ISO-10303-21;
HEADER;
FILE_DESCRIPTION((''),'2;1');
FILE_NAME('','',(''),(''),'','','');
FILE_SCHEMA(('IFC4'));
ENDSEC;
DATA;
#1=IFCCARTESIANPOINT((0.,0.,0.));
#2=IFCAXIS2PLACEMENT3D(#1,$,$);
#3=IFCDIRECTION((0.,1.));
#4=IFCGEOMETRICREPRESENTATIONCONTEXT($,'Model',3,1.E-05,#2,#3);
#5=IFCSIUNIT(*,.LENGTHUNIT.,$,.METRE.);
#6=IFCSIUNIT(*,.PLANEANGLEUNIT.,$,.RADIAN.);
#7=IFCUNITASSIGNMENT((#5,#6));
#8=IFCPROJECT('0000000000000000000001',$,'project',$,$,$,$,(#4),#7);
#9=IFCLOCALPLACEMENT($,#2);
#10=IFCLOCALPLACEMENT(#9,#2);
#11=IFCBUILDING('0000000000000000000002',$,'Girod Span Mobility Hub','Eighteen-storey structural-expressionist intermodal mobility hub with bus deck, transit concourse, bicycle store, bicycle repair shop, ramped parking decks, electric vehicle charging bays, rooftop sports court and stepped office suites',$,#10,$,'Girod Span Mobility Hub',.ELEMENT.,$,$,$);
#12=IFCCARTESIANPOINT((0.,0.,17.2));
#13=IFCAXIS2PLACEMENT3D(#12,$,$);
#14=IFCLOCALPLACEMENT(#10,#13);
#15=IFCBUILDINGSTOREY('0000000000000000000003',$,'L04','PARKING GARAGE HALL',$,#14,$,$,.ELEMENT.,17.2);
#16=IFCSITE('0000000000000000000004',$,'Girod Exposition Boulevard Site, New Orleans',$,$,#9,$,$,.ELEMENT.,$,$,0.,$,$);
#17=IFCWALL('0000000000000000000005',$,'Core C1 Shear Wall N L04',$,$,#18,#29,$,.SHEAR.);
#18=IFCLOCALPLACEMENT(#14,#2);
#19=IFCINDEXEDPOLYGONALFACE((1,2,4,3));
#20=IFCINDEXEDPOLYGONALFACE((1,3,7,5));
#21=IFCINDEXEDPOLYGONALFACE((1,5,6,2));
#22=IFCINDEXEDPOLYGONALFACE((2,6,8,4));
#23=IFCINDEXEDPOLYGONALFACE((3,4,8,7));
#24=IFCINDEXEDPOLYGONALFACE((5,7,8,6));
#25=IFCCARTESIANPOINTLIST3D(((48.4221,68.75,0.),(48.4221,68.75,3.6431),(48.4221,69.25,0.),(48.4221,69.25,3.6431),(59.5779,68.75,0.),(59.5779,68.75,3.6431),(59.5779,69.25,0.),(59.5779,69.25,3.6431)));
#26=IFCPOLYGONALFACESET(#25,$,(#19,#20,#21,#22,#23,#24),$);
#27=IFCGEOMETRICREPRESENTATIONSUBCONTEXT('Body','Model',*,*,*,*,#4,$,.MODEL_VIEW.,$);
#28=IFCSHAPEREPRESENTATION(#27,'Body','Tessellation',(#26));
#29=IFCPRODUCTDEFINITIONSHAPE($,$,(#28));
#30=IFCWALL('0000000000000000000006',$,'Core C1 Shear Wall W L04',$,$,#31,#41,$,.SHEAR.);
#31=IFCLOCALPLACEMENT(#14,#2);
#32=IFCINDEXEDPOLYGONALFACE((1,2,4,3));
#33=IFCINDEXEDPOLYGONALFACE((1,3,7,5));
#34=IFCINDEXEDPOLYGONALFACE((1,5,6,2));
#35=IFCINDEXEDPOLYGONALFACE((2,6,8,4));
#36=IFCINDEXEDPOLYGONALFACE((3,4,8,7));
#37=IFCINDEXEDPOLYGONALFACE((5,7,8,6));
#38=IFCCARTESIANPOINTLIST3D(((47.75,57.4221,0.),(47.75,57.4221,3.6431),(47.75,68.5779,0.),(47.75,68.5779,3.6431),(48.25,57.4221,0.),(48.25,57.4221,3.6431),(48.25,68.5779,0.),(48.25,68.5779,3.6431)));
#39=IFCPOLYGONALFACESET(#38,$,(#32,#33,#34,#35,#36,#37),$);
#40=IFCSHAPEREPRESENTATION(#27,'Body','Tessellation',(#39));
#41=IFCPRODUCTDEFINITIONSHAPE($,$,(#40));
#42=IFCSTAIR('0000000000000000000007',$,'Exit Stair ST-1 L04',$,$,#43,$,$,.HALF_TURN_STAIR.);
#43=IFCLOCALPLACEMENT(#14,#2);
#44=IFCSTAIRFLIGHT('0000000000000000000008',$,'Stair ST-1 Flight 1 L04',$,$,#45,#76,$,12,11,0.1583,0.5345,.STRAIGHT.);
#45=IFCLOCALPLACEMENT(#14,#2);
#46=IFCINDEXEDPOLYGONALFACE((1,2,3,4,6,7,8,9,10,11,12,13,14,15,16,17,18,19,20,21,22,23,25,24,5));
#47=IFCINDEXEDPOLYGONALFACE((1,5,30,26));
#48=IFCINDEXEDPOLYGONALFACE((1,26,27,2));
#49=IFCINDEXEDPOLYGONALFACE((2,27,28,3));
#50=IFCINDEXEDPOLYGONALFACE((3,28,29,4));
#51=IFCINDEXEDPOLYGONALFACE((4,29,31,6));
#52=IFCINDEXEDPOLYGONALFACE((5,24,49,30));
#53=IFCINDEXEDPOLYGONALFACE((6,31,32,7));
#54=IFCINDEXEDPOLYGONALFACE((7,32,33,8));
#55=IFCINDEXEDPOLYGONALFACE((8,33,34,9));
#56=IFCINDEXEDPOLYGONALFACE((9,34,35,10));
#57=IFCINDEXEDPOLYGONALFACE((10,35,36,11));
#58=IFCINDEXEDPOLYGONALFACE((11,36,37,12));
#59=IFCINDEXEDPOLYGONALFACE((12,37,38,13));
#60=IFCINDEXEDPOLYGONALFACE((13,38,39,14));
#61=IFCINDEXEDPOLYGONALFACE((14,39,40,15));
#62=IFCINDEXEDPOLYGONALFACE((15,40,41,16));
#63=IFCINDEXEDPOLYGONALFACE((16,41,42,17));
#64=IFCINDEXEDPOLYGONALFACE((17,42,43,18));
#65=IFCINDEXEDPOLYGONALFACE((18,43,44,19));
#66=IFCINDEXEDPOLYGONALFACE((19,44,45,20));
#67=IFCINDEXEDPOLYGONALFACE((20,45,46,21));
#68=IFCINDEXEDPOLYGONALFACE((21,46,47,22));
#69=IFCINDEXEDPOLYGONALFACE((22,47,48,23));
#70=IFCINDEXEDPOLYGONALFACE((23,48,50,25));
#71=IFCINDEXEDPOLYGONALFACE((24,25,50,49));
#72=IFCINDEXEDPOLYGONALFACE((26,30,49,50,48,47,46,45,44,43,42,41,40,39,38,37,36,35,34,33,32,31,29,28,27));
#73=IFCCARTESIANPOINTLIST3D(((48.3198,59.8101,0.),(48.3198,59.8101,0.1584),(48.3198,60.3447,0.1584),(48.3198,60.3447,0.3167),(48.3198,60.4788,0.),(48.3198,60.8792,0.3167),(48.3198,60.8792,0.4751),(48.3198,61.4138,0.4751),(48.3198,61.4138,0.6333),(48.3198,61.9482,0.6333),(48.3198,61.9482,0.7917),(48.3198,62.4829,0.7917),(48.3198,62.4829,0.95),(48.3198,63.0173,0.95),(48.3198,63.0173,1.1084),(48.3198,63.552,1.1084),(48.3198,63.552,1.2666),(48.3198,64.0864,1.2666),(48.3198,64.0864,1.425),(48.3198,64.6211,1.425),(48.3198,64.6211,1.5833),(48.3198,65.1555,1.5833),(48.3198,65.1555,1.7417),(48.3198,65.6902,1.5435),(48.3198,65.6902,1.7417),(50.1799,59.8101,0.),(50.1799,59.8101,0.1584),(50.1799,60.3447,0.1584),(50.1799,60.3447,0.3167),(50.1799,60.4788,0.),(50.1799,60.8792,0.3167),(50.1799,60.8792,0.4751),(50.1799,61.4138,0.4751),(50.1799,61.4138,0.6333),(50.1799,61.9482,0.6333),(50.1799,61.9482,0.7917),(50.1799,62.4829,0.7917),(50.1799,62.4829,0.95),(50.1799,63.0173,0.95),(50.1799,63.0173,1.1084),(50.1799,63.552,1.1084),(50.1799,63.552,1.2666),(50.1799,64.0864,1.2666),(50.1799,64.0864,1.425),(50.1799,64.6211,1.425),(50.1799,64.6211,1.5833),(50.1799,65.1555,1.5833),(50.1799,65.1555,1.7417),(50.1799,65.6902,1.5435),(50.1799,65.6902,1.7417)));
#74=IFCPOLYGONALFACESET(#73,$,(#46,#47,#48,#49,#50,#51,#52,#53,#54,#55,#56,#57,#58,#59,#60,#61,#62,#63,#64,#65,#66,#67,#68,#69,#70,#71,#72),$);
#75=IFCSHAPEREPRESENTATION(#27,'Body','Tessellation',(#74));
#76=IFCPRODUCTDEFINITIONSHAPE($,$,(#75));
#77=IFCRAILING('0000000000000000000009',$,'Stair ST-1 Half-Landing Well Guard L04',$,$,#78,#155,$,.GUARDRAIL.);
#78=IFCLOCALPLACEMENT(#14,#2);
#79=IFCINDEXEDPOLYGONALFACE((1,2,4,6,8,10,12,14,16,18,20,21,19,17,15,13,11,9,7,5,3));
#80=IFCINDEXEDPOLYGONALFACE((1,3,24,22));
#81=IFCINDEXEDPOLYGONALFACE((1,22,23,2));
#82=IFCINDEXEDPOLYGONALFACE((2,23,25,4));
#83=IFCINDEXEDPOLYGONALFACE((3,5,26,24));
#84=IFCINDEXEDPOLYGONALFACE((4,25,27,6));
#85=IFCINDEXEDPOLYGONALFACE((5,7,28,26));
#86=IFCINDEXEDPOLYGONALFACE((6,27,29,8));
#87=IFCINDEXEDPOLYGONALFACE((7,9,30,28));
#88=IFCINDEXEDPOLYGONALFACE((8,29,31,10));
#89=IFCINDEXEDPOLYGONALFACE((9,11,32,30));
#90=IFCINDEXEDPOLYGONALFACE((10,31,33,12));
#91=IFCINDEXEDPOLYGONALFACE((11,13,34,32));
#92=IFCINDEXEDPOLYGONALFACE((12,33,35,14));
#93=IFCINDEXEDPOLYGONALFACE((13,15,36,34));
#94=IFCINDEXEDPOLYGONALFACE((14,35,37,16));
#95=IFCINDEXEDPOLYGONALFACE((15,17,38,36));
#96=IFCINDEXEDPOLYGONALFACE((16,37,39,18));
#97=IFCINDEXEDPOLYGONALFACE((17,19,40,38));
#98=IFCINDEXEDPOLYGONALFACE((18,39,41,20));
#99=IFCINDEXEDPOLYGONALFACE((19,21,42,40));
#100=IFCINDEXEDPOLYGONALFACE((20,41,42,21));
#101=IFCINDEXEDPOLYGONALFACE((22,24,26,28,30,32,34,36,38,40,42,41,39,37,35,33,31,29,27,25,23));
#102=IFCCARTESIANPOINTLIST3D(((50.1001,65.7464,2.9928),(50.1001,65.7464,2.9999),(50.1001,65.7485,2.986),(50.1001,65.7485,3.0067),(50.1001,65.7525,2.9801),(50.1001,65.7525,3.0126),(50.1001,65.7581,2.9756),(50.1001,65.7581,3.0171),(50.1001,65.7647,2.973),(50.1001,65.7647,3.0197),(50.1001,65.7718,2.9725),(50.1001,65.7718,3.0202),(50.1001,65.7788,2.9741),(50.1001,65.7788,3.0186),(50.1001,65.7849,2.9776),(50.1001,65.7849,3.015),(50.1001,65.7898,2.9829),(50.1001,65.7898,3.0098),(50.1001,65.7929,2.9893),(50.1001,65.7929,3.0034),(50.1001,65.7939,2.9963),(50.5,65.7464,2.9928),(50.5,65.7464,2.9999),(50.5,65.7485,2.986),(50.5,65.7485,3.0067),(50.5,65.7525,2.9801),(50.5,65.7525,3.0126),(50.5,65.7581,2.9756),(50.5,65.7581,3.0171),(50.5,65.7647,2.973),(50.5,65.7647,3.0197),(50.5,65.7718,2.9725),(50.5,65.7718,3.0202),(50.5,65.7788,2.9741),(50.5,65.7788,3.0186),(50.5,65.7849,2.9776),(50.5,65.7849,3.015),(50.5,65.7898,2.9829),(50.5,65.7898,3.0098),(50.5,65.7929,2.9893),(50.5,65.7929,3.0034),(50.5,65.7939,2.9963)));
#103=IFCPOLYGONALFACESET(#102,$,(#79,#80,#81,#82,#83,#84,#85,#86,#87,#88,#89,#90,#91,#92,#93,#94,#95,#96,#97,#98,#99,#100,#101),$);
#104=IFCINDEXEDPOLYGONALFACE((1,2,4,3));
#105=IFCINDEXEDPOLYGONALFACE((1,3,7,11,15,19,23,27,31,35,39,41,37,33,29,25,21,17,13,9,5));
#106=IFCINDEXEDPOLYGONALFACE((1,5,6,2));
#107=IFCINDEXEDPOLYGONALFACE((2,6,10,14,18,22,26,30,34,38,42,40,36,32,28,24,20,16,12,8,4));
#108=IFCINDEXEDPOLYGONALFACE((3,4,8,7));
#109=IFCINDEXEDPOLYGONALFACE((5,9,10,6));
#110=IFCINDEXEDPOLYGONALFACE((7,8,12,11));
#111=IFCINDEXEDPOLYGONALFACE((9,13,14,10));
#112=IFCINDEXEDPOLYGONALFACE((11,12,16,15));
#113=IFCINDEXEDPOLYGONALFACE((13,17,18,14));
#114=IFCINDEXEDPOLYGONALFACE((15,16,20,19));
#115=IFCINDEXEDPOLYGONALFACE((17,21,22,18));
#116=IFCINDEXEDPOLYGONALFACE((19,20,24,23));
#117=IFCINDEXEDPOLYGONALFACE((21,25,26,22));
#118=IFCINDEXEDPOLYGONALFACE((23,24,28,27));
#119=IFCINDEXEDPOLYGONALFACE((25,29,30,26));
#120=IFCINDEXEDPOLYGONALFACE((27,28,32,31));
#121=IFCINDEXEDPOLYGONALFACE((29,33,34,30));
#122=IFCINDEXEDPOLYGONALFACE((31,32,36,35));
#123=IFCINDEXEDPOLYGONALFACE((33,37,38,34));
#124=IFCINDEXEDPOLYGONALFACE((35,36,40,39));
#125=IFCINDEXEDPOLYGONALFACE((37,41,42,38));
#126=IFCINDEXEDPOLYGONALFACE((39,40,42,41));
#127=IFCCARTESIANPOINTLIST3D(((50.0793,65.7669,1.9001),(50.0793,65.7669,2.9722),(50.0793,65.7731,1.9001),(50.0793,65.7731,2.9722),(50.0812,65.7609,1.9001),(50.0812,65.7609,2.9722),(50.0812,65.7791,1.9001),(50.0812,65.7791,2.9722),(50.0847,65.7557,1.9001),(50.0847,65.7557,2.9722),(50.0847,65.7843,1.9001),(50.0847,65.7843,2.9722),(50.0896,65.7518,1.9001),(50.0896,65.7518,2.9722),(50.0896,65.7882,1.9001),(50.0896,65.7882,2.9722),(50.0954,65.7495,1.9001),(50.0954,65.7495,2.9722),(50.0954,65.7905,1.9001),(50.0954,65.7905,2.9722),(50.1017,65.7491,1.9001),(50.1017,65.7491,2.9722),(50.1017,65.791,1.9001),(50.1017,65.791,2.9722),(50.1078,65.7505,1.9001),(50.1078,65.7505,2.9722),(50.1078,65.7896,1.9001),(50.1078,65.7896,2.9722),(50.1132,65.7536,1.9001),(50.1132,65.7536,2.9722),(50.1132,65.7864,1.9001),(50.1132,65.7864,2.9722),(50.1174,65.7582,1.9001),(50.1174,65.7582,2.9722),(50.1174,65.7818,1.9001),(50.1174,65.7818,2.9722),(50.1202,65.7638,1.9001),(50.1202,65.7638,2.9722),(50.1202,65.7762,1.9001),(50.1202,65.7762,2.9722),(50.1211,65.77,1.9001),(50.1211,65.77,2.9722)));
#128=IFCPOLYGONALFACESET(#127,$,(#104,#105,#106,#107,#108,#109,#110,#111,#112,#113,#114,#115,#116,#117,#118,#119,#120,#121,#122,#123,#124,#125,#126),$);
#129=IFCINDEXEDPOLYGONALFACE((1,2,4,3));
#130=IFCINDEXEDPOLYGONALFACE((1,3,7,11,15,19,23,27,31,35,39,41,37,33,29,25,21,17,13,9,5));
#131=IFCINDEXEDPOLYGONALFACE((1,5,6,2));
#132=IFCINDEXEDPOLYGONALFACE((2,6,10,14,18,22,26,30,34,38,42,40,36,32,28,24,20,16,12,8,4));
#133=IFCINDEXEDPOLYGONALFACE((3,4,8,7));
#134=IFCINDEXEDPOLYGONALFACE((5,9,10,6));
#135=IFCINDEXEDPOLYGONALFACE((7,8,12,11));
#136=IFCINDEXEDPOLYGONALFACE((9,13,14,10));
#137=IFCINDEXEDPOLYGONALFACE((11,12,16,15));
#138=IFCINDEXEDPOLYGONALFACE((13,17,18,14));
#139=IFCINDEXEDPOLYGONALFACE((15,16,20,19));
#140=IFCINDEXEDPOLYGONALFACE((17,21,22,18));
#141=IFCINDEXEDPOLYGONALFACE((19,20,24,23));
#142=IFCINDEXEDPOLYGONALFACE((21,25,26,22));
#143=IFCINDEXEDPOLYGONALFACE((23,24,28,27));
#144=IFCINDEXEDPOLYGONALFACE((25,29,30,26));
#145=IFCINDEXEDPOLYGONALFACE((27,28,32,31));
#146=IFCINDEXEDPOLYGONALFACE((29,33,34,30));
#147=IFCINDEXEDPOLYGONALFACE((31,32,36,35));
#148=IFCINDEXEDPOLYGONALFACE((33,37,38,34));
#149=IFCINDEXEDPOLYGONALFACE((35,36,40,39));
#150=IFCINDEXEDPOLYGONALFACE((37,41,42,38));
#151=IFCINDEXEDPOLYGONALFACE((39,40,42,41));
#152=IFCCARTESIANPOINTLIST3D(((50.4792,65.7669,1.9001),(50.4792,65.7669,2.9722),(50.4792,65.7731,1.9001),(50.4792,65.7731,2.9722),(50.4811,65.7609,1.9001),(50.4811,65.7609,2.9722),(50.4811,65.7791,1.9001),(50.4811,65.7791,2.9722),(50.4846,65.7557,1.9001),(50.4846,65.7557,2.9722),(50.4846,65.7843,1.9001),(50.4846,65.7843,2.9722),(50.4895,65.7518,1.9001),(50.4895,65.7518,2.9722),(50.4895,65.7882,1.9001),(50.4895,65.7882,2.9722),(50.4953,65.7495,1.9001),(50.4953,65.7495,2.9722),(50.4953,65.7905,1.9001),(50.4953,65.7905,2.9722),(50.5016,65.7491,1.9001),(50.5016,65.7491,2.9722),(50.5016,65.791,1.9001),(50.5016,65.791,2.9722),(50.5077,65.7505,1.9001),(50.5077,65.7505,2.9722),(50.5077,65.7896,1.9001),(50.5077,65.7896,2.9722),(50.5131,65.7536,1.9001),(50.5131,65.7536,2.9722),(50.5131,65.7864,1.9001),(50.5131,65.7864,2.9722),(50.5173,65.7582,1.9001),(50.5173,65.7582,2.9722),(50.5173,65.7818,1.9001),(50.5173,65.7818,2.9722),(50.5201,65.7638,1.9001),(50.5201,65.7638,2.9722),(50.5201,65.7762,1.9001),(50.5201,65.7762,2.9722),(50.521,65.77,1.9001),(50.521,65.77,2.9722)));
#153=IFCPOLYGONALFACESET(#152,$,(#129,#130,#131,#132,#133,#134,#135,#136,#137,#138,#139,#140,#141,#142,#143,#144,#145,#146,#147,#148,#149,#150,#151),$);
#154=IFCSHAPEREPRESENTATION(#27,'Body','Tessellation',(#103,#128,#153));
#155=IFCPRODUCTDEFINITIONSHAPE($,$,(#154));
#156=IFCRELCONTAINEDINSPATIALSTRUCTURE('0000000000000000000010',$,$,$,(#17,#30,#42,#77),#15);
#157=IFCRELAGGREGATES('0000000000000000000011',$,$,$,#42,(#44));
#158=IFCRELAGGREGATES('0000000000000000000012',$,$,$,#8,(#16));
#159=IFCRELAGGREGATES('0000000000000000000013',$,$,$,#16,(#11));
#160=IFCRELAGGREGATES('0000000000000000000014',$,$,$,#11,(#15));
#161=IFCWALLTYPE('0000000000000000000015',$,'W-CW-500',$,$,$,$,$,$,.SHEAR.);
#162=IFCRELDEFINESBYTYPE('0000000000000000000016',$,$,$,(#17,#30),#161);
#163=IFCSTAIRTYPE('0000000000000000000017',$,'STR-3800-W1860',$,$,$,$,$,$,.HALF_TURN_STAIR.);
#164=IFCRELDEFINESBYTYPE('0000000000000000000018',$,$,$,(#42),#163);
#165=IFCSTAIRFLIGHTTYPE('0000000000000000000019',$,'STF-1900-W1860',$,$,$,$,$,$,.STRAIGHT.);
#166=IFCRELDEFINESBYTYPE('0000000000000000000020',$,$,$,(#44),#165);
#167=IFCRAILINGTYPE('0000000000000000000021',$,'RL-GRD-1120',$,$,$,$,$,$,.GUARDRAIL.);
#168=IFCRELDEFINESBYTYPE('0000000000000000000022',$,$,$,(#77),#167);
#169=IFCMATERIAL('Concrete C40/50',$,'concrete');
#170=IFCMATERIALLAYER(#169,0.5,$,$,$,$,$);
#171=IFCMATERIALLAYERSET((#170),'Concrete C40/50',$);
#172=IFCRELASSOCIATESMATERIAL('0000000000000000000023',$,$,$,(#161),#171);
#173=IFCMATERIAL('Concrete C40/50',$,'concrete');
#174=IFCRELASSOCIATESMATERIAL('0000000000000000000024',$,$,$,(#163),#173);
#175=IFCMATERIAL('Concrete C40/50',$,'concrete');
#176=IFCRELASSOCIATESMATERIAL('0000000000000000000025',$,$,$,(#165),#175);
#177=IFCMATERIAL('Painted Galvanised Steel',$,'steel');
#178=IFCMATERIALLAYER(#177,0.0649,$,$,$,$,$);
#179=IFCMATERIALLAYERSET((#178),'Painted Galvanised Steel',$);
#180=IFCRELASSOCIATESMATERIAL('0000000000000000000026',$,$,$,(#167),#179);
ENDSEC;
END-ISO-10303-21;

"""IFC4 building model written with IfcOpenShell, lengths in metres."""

from ifc_helpers import new_model, si_unit, direction, frame, frame_2d, origin, origin_2d, place, context, subcontext, project, spatial, polyline, rectangle, circle, outline, extrude, material, layer, layer_set, type_object, element, aggregate, save


model = new_model("IFC4")

# Units and contexts
model_context = context("Model", 3, precision=1e-05, world=origin(), true_north=direction((0.0, 1.0)))
body_context = subcontext(model_context, "Body", "Model", "MODEL_VIEW")
ifc_project = project(units=[si_unit("LENGTHUNIT", "METRE"), si_unit("PLANEANGLEUNIT", "RADIAN")], contexts=[model_context])

# Site, building, storey
site_placement = place(None, origin())
site = spatial("IfcSite", under=ifc_project, at=site_placement, Name="Girod Exposition Boulevard Site, New Orleans", CompositionType="ELEMENT", RefElevation=0.0)
building_placement = place(site_placement, origin())
building = spatial("IfcBuilding", under=site, at=building_placement, Name="Girod Span Mobility Hub", Description="Eighteen-storey structural-expressionist intermodal mobility hub with bus deck, transit concourse, bicycle store, bicycle repair shop, ramped parking decks, electric vehicle charging bays, rooftop sports court and stepped office suites", LongName="Girod Span Mobility Hub", CompositionType="ELEMENT")
storey_placement = place(building_placement, frame((0.0, 0.0, 17.2)))
storey = spatial("IfcBuildingStorey", under=building, at=storey_placement, Name="L04", Description="PARKING GARAGE HALL", CompositionType="ELEMENT", Elevation=17.2)

# Shared definitions
ifc_material_1 = material(Name="Concrete C40/50", Category="concrete")
ifc_layer_1 = layer(ifc_material_1, 0.5)
ifc_layer_set_1 = layer_set([ifc_layer_1], Name="Concrete C40/50")
wall_type = type_object("IfcWallType", Name="W-CW-500", PredefinedType="SHEAR", material=ifc_layer_set_1)

# Walls
for number, where, z_axis, x_axis, name in (
    (1, (48.4221, 69.0, 0.0), (0.0, 0.0, 1.0), (1.0, 0.0, 0.0), "Core C1 Shear Wall N L04"),
    (2, (48.0, 57.4221, 0.0), (0.0, 0.0, 1.0), (0.0, 1.0, 0.0), "Core C1 Shear Wall W L04"),
):
    element("IfcWall", number, at=place(storey_placement, frame(where, z_axis=z_axis, x_axis=x_axis)), inside=storey, type_object=wall_type, Name=name, PredefinedType="SHEAR", context=body_context, shape_type="SweptSolid", body=[
        extrude(rectangle(XDim=11.1558, YDim=0.5, at=frame_2d((5.5779, 0.0))), origin(), (0.0, 0.0, 1.0), 3.6431),
    ])

# Stair, stair flight
ifc_material_2 = material(Name="Concrete C40/50", Category="concrete")
stair_type = type_object("IfcStairType", Name="STR-3800-W1860", PredefinedType="HALF_TURN_STAIR", material=ifc_material_2)
stair_placement = place(storey_placement, origin())
stair = element("IfcStair", 3, at=stair_placement, inside=storey, type_object=stair_type, Name="Exit Stair ST-1 L04", PredefinedType="HALF_TURN_STAIR")
ifc_material_3 = material(Name="Concrete C40/50", Category="concrete")
stair_flight_type = type_object("IfcStairFlightType", Name="STF-1900-W1860", PredefinedType="STRAIGHT", material=ifc_material_3)
stair_flight_placement = place(storey_placement, frame((49.25, 59.8101, 0.0), z_axis=(0.0, 0.0, 1.0), x_axis=(0.0, 1.0, 0.0)))
stair_flight = element("IfcStairFlight", 4, at=stair_flight_placement, type_object=stair_flight_type, Name="Stair ST-1 Flight 1 L04", NumberOfRisers=12, NumberOfTreads=11, PredefinedType="STRAIGHT", RiserHeight=0.1583, TreadLength=0.5345, context=body_context, shape_type="SweptSolid", body=[
    extrude(outline(polyline([(0.0, 0.0), (0.0, 0.1584), (0.5347, 0.1584), (0.5347, 0.3167), (1.0691, 0.3167), (1.0691, 0.4751), (1.6038, 0.4751), (1.6038, 0.6333), (2.1382, 0.6333), (2.1382, 0.7917), (2.6729, 0.7917), (2.6729, 0.95), (3.2073, 0.95), (3.2073, 1.1084), (3.7419, 1.1084), (3.7419, 1.2666), (4.2764, 1.2666), (4.2764, 1.425), (4.811, 1.425), (4.811, 1.5833), (5.3455, 1.5833), (5.3455, 1.7417), (5.8801, 1.7417), (5.8801, 1.8999), (5.8801, 1.5435), (0.6687, 0.0), (0.0, 0.0)])), frame((0.0, 0.9302, 0.0), z_axis=(0.0, -1.0, 0.0), x_axis=(1.0, 0.0, 0.0)), (0.0, 0.0, 1.0), 1.8601),
])
aggregate(stair, [stair_flight])

# Railing
ifc_material_4 = material(Name="Painted Galvanised Steel", Category="steel")
ifc_layer_2 = layer(ifc_material_4, 0.0649)
ifc_layer_set_2 = layer_set([ifc_layer_2], Name="Painted Galvanised Steel")
railing_type_1 = type_object("IfcRailingType", Name="RL-GRD-1120", PredefinedType="GUARDRAIL", material=ifc_layer_set_2)
for number, where, name in (
    (5, (50.1001, 65.77, 1.9001), "Stair ST-1 Half-Landing Well Guard L04"),
):
    element("IfcRailing", number, at=place(storey_placement, frame(where)), inside=storey, type_object=railing_type_1, Name=name, PredefinedType="GUARDRAIL", context=body_context, shape_type="SweptSolid", body=[
        extrude(circle(Radius=0.0239, at=origin_2d()), frame((0.0, 0.0, 1.0962), z_axis=(1.0, 0.0, 0.0), x_axis=(0.0, 1.0, 0.0)), (0.0, 0.0, 1.0), 0.3999),
        extrude(circle(Radius=0.021, at=origin_2d()), origin(), (0.0, 0.0, 1.0), 1.072),
        extrude(circle(Radius=0.021, at=origin_2d()), frame((0.3999, 0.0, 0.0)), (0.0, 0.0, 1.0), 1.072),
    ])

save(model, "model.ifc")
